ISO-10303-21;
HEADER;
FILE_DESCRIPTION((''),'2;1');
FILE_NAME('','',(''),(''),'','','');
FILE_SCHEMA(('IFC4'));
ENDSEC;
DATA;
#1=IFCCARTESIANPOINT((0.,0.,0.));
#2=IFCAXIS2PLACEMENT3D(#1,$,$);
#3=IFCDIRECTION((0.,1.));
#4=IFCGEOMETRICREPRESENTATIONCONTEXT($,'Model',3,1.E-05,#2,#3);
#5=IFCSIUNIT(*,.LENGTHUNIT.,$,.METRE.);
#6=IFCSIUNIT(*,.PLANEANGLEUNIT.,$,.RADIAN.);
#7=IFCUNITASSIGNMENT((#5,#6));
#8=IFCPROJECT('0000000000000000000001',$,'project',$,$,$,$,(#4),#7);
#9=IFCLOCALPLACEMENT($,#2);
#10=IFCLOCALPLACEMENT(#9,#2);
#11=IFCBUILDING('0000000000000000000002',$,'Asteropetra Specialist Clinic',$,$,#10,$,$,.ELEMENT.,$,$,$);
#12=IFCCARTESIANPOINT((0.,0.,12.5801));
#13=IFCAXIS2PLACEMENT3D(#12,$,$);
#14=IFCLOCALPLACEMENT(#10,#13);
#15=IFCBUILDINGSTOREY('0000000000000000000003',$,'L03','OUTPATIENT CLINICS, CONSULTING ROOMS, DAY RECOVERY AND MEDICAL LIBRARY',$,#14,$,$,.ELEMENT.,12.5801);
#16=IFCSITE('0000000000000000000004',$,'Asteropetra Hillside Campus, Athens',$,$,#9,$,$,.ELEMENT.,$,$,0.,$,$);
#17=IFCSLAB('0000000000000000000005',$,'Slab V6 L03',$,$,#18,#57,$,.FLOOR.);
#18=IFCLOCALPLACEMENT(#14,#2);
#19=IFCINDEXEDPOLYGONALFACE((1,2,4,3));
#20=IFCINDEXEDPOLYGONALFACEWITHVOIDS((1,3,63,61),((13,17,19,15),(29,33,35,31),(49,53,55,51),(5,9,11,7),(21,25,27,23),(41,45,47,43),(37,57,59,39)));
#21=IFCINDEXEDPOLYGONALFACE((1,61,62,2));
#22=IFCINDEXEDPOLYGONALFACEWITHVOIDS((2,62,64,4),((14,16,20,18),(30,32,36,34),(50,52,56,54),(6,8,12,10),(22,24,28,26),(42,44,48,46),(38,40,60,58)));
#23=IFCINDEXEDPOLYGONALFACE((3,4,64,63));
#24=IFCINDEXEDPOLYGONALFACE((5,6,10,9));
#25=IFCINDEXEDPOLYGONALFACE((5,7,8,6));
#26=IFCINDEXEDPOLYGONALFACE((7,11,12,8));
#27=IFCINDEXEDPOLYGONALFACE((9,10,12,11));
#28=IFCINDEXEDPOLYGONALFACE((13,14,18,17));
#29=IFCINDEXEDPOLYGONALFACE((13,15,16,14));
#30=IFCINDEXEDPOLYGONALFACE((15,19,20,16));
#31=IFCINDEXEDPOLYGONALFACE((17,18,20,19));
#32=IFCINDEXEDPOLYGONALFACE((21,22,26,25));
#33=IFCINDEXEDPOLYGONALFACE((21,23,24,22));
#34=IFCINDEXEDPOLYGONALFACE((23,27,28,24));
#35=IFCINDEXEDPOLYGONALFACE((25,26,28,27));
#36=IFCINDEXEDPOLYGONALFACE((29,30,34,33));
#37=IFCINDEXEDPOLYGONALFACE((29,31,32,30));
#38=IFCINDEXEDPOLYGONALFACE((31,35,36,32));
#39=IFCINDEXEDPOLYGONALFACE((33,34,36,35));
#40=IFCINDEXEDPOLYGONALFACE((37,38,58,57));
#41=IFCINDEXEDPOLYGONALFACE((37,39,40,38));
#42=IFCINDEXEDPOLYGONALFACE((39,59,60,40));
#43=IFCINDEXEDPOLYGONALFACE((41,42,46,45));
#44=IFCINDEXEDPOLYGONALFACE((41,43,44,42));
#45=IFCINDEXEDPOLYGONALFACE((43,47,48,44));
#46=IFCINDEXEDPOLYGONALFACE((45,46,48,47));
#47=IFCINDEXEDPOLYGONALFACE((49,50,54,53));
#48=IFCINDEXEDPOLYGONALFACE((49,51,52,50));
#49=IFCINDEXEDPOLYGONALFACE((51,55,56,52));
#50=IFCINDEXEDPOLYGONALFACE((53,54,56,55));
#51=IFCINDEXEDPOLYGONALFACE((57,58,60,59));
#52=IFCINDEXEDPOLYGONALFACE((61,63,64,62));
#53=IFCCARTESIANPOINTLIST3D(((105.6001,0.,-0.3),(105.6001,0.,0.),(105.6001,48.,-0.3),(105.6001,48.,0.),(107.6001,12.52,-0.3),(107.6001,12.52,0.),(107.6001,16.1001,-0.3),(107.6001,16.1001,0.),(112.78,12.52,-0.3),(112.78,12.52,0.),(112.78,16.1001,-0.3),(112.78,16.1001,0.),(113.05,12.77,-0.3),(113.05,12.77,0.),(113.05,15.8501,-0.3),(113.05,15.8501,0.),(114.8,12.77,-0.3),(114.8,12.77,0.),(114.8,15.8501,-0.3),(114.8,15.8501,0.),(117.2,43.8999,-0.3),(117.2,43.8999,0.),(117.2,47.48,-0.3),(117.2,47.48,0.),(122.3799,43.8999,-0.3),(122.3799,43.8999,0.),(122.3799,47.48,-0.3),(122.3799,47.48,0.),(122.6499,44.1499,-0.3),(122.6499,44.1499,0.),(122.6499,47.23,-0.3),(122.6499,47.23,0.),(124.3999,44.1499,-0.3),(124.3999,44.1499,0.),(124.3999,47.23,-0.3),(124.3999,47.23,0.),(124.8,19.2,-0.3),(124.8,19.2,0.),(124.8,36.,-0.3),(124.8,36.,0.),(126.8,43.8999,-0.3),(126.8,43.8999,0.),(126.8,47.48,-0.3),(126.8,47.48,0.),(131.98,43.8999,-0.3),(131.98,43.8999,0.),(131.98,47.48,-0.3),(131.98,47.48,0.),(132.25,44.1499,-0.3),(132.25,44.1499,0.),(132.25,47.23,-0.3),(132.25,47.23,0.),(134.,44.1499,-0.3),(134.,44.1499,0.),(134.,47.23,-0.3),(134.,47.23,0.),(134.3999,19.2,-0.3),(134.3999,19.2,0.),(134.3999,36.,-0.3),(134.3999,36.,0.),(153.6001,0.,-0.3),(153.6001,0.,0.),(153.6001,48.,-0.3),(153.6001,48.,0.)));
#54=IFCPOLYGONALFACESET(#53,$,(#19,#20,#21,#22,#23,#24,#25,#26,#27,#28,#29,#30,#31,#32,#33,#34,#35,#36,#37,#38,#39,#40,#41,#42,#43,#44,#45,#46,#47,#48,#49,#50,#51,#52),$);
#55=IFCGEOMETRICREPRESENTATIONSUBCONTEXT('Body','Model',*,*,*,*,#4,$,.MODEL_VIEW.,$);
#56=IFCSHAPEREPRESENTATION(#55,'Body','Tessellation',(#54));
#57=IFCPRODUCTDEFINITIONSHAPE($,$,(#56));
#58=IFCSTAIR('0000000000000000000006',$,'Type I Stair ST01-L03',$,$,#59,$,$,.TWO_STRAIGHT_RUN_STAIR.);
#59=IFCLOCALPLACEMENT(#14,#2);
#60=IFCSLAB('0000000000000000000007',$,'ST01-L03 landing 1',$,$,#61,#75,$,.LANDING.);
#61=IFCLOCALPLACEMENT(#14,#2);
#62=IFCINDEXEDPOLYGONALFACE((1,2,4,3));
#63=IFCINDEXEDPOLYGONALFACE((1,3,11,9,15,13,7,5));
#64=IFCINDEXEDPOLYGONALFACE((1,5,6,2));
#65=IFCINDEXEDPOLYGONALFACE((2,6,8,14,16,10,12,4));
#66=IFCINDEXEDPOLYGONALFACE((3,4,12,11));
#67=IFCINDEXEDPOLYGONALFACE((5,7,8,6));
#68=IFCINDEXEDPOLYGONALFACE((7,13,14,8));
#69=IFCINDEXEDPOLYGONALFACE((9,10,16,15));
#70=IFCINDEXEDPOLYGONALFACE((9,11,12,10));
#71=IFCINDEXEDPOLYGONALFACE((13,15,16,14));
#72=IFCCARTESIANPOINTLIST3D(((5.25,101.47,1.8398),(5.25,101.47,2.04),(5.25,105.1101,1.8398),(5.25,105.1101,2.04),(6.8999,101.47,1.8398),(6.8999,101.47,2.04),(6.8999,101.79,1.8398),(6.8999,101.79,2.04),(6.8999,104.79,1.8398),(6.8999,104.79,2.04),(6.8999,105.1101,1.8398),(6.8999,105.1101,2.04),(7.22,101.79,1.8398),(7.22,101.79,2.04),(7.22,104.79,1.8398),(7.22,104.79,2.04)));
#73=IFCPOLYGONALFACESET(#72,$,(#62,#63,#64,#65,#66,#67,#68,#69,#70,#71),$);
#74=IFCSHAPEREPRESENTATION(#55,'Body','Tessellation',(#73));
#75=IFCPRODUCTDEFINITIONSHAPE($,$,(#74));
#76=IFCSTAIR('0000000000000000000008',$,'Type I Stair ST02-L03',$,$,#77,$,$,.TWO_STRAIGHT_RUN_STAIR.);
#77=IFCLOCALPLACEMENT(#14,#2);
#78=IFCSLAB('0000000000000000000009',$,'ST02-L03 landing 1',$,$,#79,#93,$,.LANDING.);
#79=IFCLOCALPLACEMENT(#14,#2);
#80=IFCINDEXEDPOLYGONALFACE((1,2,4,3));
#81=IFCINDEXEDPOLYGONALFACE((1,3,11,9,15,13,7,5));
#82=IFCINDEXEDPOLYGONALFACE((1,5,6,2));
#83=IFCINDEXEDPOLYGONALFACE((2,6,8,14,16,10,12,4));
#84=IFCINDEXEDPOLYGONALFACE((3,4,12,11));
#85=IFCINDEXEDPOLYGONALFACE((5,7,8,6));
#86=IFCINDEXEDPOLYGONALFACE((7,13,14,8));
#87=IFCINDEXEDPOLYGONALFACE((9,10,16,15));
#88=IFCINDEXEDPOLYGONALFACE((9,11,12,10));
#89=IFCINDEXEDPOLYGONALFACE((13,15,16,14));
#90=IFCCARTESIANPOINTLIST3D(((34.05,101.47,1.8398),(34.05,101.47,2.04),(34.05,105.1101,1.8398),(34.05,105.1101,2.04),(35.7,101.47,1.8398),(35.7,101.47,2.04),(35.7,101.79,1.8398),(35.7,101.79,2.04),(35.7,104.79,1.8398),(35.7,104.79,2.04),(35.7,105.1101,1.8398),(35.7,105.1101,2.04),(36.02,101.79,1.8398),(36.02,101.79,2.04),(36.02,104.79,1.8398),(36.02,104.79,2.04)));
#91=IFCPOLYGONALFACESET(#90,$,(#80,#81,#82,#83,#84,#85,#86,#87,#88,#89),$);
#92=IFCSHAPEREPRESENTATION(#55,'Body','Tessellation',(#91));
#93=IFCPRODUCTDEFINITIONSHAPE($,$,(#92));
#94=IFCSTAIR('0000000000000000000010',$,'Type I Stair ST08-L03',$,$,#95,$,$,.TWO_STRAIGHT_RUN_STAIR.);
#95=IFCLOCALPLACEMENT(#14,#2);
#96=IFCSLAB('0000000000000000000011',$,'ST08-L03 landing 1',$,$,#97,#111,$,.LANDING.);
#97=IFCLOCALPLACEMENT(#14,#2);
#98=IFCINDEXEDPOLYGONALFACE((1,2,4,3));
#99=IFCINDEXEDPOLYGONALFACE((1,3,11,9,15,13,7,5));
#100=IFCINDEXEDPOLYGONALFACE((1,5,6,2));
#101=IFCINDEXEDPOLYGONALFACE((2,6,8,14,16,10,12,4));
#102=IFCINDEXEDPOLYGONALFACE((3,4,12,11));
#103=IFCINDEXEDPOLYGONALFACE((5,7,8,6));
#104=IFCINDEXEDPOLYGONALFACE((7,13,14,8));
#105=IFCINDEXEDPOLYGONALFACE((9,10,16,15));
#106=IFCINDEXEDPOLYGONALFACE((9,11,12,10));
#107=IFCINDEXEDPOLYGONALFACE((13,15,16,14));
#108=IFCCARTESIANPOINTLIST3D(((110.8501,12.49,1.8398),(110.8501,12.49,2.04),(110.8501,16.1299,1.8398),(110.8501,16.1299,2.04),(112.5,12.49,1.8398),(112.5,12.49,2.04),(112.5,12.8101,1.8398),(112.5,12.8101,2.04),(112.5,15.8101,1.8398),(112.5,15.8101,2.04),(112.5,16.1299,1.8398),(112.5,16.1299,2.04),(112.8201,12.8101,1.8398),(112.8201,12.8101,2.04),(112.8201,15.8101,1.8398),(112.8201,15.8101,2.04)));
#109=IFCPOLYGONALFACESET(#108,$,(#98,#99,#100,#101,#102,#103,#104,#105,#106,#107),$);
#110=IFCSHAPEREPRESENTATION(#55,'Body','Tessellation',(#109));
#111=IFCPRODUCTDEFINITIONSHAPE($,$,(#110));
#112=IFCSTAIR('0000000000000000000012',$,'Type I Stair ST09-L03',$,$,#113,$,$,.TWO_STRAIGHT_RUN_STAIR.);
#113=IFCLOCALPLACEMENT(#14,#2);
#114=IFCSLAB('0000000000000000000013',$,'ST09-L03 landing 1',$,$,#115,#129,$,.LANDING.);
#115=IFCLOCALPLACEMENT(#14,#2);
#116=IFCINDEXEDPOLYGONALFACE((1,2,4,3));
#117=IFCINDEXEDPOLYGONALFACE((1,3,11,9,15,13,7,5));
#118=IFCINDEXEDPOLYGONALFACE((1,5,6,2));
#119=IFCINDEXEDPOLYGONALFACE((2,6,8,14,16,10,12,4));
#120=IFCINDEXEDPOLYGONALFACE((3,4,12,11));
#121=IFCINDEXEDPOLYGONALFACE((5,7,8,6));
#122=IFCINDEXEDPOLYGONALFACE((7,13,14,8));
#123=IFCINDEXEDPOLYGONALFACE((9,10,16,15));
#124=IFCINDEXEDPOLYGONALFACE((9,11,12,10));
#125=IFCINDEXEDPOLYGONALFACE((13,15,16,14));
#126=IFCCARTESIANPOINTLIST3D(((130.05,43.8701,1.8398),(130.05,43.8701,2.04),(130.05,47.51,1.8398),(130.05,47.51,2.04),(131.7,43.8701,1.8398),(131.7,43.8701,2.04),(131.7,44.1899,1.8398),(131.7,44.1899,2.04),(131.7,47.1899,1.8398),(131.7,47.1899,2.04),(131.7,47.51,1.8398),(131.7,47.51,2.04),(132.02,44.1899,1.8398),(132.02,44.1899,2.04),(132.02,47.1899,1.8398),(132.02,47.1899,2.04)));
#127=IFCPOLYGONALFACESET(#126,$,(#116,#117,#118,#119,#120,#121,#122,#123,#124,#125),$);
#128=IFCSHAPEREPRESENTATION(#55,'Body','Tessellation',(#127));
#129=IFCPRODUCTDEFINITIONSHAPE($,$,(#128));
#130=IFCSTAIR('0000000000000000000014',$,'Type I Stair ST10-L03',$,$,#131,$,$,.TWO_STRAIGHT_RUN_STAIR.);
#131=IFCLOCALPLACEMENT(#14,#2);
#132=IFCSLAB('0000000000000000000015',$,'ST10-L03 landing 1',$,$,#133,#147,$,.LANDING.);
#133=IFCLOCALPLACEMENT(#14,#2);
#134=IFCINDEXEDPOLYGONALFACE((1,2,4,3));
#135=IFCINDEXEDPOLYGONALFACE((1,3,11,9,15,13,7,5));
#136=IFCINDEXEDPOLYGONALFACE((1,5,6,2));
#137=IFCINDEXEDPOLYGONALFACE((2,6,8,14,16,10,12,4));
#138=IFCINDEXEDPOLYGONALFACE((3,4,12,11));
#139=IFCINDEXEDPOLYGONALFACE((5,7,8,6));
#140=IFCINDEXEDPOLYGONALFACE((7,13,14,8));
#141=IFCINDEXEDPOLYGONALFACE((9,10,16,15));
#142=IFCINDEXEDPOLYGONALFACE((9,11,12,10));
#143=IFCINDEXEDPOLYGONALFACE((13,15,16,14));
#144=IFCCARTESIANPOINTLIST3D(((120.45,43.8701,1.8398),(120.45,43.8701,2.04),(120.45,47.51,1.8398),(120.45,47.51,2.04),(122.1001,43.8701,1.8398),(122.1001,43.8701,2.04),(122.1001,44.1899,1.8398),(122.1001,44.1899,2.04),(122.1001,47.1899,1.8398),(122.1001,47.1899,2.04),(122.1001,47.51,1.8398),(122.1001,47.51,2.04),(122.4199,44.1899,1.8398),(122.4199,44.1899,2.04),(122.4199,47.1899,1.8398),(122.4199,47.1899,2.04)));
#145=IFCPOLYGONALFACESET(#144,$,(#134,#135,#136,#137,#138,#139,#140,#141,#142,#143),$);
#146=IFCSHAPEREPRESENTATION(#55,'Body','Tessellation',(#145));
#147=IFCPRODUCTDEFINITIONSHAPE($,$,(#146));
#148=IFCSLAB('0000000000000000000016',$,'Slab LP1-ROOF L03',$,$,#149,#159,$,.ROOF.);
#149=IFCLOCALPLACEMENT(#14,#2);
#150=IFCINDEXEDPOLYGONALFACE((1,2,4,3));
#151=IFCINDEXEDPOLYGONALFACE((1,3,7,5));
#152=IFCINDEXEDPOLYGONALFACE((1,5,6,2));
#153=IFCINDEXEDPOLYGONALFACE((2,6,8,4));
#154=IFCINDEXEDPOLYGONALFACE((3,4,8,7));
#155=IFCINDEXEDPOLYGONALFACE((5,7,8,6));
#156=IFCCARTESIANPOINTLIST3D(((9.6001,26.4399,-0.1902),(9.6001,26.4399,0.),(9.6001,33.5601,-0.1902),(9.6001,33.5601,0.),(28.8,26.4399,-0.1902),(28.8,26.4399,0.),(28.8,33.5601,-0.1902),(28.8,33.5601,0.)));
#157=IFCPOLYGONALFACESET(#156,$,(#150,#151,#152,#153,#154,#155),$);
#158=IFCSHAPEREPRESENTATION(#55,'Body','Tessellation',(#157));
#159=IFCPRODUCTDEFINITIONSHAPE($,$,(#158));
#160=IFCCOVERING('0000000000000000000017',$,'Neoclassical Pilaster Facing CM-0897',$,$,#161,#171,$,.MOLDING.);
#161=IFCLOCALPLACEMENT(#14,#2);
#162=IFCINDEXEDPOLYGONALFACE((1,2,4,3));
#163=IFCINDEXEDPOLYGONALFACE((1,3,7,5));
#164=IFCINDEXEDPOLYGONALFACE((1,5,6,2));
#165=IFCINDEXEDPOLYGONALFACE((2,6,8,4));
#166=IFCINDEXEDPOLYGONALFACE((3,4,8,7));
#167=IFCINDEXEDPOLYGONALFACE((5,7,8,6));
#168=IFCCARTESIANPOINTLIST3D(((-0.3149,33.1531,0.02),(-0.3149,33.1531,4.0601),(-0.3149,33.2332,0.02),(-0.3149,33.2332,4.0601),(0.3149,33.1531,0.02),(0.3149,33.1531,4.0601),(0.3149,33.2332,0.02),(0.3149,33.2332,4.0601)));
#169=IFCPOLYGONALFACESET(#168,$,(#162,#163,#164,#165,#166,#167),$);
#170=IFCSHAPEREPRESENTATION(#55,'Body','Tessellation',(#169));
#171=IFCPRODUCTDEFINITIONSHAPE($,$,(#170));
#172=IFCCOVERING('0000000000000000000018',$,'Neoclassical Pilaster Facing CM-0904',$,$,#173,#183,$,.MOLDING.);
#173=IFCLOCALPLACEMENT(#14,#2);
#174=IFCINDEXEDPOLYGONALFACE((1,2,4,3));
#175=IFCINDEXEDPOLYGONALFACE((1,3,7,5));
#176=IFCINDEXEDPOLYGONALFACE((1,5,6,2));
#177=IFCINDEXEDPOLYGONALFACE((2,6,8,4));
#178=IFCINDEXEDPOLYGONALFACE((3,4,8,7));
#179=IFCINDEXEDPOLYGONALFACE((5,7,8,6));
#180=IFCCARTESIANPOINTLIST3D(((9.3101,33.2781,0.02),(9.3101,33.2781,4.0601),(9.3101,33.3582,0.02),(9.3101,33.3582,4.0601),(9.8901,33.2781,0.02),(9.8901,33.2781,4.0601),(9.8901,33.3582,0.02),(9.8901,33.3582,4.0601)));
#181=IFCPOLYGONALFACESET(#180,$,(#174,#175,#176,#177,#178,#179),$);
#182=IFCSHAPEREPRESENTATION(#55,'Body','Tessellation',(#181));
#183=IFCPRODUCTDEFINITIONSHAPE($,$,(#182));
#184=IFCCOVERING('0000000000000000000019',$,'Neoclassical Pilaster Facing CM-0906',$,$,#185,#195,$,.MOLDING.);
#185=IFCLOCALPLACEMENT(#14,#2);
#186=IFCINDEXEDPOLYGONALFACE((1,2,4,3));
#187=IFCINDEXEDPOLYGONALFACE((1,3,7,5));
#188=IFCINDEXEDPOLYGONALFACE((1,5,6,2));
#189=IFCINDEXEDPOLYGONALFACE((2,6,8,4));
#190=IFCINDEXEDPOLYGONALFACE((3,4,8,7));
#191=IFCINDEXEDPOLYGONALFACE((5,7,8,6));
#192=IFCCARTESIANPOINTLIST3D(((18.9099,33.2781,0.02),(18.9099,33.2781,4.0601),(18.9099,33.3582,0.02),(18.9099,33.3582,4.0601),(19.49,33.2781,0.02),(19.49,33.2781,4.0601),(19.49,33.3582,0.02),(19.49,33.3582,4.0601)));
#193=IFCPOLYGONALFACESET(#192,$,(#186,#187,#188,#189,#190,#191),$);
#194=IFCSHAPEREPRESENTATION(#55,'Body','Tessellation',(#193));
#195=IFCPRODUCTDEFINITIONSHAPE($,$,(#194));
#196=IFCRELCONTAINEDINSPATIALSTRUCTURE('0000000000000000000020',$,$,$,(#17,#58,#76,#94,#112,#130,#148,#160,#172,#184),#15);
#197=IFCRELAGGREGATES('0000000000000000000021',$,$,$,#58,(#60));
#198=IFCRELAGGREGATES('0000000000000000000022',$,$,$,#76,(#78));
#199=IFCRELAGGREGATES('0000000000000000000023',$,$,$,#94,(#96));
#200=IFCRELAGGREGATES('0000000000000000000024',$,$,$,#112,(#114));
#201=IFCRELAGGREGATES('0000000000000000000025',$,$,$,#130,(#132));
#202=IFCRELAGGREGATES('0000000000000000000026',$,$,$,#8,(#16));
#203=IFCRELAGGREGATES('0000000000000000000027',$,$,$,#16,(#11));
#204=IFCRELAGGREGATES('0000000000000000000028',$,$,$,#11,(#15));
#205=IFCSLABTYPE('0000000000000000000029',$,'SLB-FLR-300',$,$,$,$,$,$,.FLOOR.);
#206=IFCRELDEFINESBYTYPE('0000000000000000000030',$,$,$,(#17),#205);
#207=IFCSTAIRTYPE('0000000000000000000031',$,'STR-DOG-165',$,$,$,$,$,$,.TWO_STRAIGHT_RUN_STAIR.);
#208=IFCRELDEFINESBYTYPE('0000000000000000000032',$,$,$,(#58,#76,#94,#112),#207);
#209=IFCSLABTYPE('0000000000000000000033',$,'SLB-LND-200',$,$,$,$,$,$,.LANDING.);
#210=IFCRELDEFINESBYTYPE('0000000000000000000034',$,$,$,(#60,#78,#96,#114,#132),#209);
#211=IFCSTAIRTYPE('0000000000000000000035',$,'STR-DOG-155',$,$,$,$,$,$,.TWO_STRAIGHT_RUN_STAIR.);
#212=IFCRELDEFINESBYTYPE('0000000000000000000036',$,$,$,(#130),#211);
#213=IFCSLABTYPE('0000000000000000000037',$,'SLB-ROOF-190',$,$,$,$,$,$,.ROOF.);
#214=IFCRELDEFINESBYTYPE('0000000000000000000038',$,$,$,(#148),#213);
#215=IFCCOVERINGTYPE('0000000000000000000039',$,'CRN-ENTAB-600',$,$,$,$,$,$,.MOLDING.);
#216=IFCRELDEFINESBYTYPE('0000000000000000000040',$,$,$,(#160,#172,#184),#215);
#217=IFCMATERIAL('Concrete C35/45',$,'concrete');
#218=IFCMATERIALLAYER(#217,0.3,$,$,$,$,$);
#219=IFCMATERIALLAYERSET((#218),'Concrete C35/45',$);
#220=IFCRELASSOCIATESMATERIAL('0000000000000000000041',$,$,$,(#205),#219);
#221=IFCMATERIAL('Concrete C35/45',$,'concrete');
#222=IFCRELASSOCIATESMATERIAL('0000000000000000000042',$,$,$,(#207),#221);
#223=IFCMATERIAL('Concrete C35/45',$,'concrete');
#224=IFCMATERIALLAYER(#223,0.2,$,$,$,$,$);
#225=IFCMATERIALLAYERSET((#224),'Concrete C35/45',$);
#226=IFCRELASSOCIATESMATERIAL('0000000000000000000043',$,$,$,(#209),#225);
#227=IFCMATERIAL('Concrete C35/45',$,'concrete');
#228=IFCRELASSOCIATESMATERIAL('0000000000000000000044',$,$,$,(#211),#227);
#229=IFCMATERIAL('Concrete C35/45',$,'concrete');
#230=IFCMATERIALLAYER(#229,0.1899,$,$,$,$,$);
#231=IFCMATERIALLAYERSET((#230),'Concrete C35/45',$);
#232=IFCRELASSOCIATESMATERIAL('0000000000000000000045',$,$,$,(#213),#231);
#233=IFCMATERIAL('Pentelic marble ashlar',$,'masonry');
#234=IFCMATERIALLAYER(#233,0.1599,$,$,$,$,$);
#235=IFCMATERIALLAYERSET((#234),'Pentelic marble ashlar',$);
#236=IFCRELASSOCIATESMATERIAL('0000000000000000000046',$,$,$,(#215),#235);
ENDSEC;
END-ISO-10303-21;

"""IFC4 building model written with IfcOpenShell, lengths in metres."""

from ifc_helpers import new_model, si_unit, direction, frame, origin, origin_2d, place, context, subcontext, project, spatial, polyline, rectangle, outline, extrude, material, layer, layer_set, type_object, element, aggregate, save


model = new_model("IFC4")

# Units and contexts
model_context = context("Model", 3, precision=1e-05, world=origin(), true_north=direction((0.0, 1.0)))
body_context = subcontext(model_context, "Body", "Model", "MODEL_VIEW")
ifc_project = project(units=[si_unit("LENGTHUNIT", "METRE"), si_unit("PLANEANGLEUNIT", "RADIAN")], contexts=[model_context])

# Site, building, storey
site_placement = place(None, origin())
site = spatial("IfcSite", under=ifc_project, at=site_placement, Name="Asteropetra Hillside Campus, Athens", CompositionType="ELEMENT", RefElevation=0.0)
building_placement = place(site_placement, origin())
building = spatial("IfcBuilding", under=site, at=building_placement, Name="Asteropetra Specialist Clinic", CompositionType="ELEMENT")
storey_placement = place(building_placement, frame((0.0, 0.0, 12.5801)))
storey = spatial("IfcBuildingStorey", under=building, at=storey_placement, Name="L03", Description="OUTPATIENT CLINICS, CONSULTING ROOMS, DAY RECOVERY AND MEDICAL LIBRARY", CompositionType="ELEMENT", Elevation=12.5801)

# Slab
ifc_material_1 = material(Name="Concrete C35/45", Category="concrete")
ifc_layer_1 = layer(ifc_material_1, 0.3)
ifc_layer_set_1 = layer_set([ifc_layer_1], Name="Concrete C35/45")
slab_type_1 = type_object("IfcSlabType", Name="SLB-FLR-300", PredefinedType="FLOOR", material=ifc_layer_set_1)
slab_1_placement = place(storey_placement, frame((0.0, 0.0, -0.3)))
element("IfcSlab", 1, at=slab_1_placement, inside=storey, type_object=slab_type_1, Name="Slab V6 L03", PredefinedType="FLOOR", context=body_context, shape_type="SweptSolid", body=[
    extrude(outline(polyline([(105.6001, 0.0), (153.6001, 0.0), (153.6001, 48.0), (105.6001, 48.0), (105.6001, 0.0)]), holes=[polyline([(124.8, 19.2), (134.3999, 19.2), (134.3999, 36.0), (124.8, 36.0), (124.8, 19.2)]), polyline([(107.6001, 12.52), (112.78, 12.52), (112.78, 16.1001), (107.6001, 16.1001), (107.6001, 12.52)]), polyline([(113.05, 12.77), (114.8, 12.77), (114.8, 15.8501), (113.05, 15.8501), (113.05, 12.77)]), polyline([(126.8, 43.8999), (131.98, 43.8999), (131.98, 47.48), (126.8, 47.48), (126.8, 43.8999)]), polyline([(132.25, 44.1499), (134.0, 44.1499), (134.0, 47.23), (132.25, 47.23), (132.25, 44.1499)]), polyline([(117.2, 43.8999), (122.3799, 43.8999), (122.3799, 47.48), (117.2, 47.48), (117.2, 43.8999)]), polyline([(122.6499, 44.1499), (124.3999, 44.1499), (124.3999, 47.23), (122.6499, 47.23), (122.6499, 44.1499)])]), origin(), (0.0, 0.0, 1.0), 0.3),
])

# Stairs, slabs
ifc_material_2 = material(Name="Concrete C35/45", Category="concrete")
stair_type_1 = type_object("IfcStairType", Name="STR-DOG-165", PredefinedType="TWO_STRAIGHT_RUN_STAIR", material=ifc_material_2)
stair_1_placement = place(storey_placement, origin())
stair_1 = element("IfcStair", 2, at=stair_1_placement, inside=storey, type_object=stair_type_1, Name="Type I Stair ST01-L03", PredefinedType="TWO_STRAIGHT_RUN_STAIR")
ifc_material_3 = material(Name="Concrete C35/45", Category="concrete")
ifc_layer_2 = layer(ifc_material_3, 0.2)
ifc_layer_set_2 = layer_set([ifc_layer_2], Name="Concrete C35/45")
slab_type_2 = type_object("IfcSlabType", Name="SLB-LND-200", PredefinedType="LANDING", material=ifc_layer_set_2)
slab_2_placement = place(storey_placement, frame((0.0, 0.0, 1.8398)))
slab_2 = element("IfcSlab", 3, at=slab_2_placement, type_object=slab_type_2, Name="ST01-L03 landing 1", PredefinedType="LANDING", context=body_context, shape_type="SweptSolid", body=[
    extrude(outline(polyline([(5.25, 101.47), (6.8999, 101.47), (6.8999, 101.79), (7.22, 101.79), (7.22, 104.79), (6.8999, 104.79), (6.8999, 105.1101), (5.25, 105.1101), (5.25, 101.47)])), origin(), (0.0, 0.0, 1.0), 0.2002),
])
aggregate(stair_1, [slab_2])
stair_2_placement = place(storey_placement, origin())
stair_2 = element("IfcStair", 4, at=stair_2_placement, inside=storey, type_object=stair_type_1, Name="Type I Stair ST02-L03", PredefinedType="TWO_STRAIGHT_RUN_STAIR")
slab_3_placement = place(storey_placement, frame((0.0, 0.0, 1.8398)))
slab_3 = element("IfcSlab", 5, at=slab_3_placement, type_object=slab_type_2, Name="ST02-L03 landing 1", PredefinedType="LANDING", context=body_context, shape_type="SweptSolid", body=[
    extrude(outline(polyline([(34.05, 101.47), (35.7, 101.47), (35.7, 101.79), (36.02, 101.79), (36.02, 104.79), (35.7, 104.79), (35.7, 105.1101), (34.05, 105.1101), (34.05, 101.47)])), origin(), (0.0, 0.0, 1.0), 0.2002),
])
aggregate(stair_2, [slab_3])
stair_3_placement = place(storey_placement, origin())
stair_3 = element("IfcStair", 6, at=stair_3_placement, inside=storey, type_object=stair_type_1, Name="Type I Stair ST08-L03", PredefinedType="TWO_STRAIGHT_RUN_STAIR")
slab_4_placement = place(storey_placement, frame((0.0, 0.0, 1.8398)))
slab_4 = element("IfcSlab", 7, at=slab_4_placement, type_object=slab_type_2, Name="ST08-L03 landing 1", PredefinedType="LANDING", context=body_context, shape_type="SweptSolid", body=[
    extrude(outline(polyline([(110.8501, 12.49), (112.5, 12.49), (112.5, 12.8101), (112.8201, 12.8101), (112.8201, 15.8101), (112.5, 15.8101), (112.5, 16.1299), (110.8501, 16.1299), (110.8501, 12.49)])), origin(), (0.0, 0.0, 1.0), 0.2002),
])
aggregate(stair_3, [slab_4])
stair_4_placement = place(storey_placement, origin())
stair_4 = element("IfcStair", 8, at=stair_4_placement, inside=storey, type_object=stair_type_1, Name="Type I Stair ST09-L03", PredefinedType="TWO_STRAIGHT_RUN_STAIR")
slab_5_placement = place(storey_placement, frame((0.0, 0.0, 1.8398)))
slab_5 = element("IfcSlab", 9, at=slab_5_placement, type_object=slab_type_2, Name="ST09-L03 landing 1", PredefinedType="LANDING", context=body_context, shape_type="SweptSolid", body=[
    extrude(outline(polyline([(130.05, 43.8701), (131.7, 43.8701), (131.7, 44.1899), (132.02, 44.1899), (132.02, 47.1899), (131.7, 47.1899), (131.7, 47.51), (130.05, 47.51), (130.05, 43.8701)])), origin(), (0.0, 0.0, 1.0), 0.2002),
])
aggregate(stair_4, [slab_5])
ifc_material_4 = material(Name="Concrete C35/45", Category="concrete")
stair_type_2 = type_object("IfcStairType", Name="STR-DOG-155", PredefinedType="TWO_STRAIGHT_RUN_STAIR", material=ifc_material_4)
stair_5_placement = place(storey_placement, origin())
stair_5 = element("IfcStair", 10, at=stair_5_placement, inside=storey, type_object=stair_type_2, Name="Type I Stair ST10-L03", PredefinedType="TWO_STRAIGHT_RUN_STAIR")
slab_6_placement = place(storey_placement, frame((0.0, 0.0, 1.8398)))
slab_6 = element("IfcSlab", 11, at=slab_6_placement, type_object=slab_type_2, Name="ST10-L03 landing 1", PredefinedType="LANDING", context=body_context, shape_type="SweptSolid", body=[
    extrude(outline(polyline([(120.45, 43.8701), (122.1001, 43.8701), (122.1001, 44.1899), (122.4199, 44.1899), (122.4199, 47.1899), (122.1001, 47.1899), (122.1001, 47.51), (120.45, 47.51), (120.45, 43.8701)])), origin(), (0.0, 0.0, 1.0), 0.2002),
])
aggregate(stair_5, [slab_6])

# Slab
ifc_material_5 = material(Name="Concrete C35/45", Category="concrete")
ifc_layer_3 = layer(ifc_material_5, 0.1899)
ifc_layer_set_3 = layer_set([ifc_layer_3], Name="Concrete C35/45")
slab_type_3 = type_object("IfcSlabType", Name="SLB-ROOF-190", PredefinedType="ROOF", material=ifc_layer_set_3)
slab_7_placement = place(storey_placement, frame((0.0, 0.0, -0.1902)))
element("IfcSlab", 12, at=slab_7_placement, inside=storey, type_object=slab_type_3, Name="Slab LP1-ROOF L03", PredefinedType="ROOF", context=body_context, shape_type="SweptSolid", body=[
    extrude(outline(polyline([(9.6001, 26.4399), (28.8, 26.4399), (28.8, 33.5601), (9.6001, 33.5601), (9.6001, 26.4399)])), origin(), (0.0, 0.0, 1.0), 0.1902),
])

# Coverings
ifc_material_6 = material(Name="Pentelic marble ashlar", Category="masonry")
ifc_layer_4 = layer(ifc_material_6, 0.1599)
ifc_layer_set_4 = layer_set([ifc_layer_4], Name="Pentelic marble ashlar")
covering_type_1 = type_object("IfcCoveringType", Name="CRN-ENTAB-600", PredefinedType="MOLDING", material=ifc_layer_set_4)
covering_placement = place(storey_placement, frame((0.0, 33.1931, 0.02), z_axis=(0.0, 0.0, 1.0), x_axis=(1.0, 0.0, 0.0)))
element("IfcCovering", 13, at=covering_placement, inside=storey, type_object=covering_type_1, Name="Neoclassical Pilaster Facing CM-0897", PredefinedType="MOLDING", context=body_context, shape_type="SweptSolid", body=[
    extrude(rectangle(XDim=0.6299, YDim=0.0801, at=origin_2d()), origin(), (0.0, 0.0, 1.0), 4.04),
])
for number, where, z_axis, x_axis, name in (
    (14, (9.6001, 33.3181, 0.02), (0.0, 0.0, 1.0), (1.0, 0.0, 0.0), "Neoclassical Pilaster Facing CM-0904"),
    (15, (19.2, 33.3181, 0.02), (0.0, 0.0, 1.0), (1.0, 0.0, 0.0), "Neoclassical Pilaster Facing CM-0906"),
):
    element("IfcCovering", number, at=place(storey_placement, frame(where, z_axis=z_axis, x_axis=x_axis)), inside=storey, type_object=covering_type_1, Name=name, PredefinedType="MOLDING", context=body_context, shape_type="SweptSolid", body=[
        extrude(rectangle(XDim=0.5801, YDim=0.0801, at=origin_2d()), origin(), (0.0, 0.0, 1.0), 4.04),
    ])

save(model, "model.ifc")
